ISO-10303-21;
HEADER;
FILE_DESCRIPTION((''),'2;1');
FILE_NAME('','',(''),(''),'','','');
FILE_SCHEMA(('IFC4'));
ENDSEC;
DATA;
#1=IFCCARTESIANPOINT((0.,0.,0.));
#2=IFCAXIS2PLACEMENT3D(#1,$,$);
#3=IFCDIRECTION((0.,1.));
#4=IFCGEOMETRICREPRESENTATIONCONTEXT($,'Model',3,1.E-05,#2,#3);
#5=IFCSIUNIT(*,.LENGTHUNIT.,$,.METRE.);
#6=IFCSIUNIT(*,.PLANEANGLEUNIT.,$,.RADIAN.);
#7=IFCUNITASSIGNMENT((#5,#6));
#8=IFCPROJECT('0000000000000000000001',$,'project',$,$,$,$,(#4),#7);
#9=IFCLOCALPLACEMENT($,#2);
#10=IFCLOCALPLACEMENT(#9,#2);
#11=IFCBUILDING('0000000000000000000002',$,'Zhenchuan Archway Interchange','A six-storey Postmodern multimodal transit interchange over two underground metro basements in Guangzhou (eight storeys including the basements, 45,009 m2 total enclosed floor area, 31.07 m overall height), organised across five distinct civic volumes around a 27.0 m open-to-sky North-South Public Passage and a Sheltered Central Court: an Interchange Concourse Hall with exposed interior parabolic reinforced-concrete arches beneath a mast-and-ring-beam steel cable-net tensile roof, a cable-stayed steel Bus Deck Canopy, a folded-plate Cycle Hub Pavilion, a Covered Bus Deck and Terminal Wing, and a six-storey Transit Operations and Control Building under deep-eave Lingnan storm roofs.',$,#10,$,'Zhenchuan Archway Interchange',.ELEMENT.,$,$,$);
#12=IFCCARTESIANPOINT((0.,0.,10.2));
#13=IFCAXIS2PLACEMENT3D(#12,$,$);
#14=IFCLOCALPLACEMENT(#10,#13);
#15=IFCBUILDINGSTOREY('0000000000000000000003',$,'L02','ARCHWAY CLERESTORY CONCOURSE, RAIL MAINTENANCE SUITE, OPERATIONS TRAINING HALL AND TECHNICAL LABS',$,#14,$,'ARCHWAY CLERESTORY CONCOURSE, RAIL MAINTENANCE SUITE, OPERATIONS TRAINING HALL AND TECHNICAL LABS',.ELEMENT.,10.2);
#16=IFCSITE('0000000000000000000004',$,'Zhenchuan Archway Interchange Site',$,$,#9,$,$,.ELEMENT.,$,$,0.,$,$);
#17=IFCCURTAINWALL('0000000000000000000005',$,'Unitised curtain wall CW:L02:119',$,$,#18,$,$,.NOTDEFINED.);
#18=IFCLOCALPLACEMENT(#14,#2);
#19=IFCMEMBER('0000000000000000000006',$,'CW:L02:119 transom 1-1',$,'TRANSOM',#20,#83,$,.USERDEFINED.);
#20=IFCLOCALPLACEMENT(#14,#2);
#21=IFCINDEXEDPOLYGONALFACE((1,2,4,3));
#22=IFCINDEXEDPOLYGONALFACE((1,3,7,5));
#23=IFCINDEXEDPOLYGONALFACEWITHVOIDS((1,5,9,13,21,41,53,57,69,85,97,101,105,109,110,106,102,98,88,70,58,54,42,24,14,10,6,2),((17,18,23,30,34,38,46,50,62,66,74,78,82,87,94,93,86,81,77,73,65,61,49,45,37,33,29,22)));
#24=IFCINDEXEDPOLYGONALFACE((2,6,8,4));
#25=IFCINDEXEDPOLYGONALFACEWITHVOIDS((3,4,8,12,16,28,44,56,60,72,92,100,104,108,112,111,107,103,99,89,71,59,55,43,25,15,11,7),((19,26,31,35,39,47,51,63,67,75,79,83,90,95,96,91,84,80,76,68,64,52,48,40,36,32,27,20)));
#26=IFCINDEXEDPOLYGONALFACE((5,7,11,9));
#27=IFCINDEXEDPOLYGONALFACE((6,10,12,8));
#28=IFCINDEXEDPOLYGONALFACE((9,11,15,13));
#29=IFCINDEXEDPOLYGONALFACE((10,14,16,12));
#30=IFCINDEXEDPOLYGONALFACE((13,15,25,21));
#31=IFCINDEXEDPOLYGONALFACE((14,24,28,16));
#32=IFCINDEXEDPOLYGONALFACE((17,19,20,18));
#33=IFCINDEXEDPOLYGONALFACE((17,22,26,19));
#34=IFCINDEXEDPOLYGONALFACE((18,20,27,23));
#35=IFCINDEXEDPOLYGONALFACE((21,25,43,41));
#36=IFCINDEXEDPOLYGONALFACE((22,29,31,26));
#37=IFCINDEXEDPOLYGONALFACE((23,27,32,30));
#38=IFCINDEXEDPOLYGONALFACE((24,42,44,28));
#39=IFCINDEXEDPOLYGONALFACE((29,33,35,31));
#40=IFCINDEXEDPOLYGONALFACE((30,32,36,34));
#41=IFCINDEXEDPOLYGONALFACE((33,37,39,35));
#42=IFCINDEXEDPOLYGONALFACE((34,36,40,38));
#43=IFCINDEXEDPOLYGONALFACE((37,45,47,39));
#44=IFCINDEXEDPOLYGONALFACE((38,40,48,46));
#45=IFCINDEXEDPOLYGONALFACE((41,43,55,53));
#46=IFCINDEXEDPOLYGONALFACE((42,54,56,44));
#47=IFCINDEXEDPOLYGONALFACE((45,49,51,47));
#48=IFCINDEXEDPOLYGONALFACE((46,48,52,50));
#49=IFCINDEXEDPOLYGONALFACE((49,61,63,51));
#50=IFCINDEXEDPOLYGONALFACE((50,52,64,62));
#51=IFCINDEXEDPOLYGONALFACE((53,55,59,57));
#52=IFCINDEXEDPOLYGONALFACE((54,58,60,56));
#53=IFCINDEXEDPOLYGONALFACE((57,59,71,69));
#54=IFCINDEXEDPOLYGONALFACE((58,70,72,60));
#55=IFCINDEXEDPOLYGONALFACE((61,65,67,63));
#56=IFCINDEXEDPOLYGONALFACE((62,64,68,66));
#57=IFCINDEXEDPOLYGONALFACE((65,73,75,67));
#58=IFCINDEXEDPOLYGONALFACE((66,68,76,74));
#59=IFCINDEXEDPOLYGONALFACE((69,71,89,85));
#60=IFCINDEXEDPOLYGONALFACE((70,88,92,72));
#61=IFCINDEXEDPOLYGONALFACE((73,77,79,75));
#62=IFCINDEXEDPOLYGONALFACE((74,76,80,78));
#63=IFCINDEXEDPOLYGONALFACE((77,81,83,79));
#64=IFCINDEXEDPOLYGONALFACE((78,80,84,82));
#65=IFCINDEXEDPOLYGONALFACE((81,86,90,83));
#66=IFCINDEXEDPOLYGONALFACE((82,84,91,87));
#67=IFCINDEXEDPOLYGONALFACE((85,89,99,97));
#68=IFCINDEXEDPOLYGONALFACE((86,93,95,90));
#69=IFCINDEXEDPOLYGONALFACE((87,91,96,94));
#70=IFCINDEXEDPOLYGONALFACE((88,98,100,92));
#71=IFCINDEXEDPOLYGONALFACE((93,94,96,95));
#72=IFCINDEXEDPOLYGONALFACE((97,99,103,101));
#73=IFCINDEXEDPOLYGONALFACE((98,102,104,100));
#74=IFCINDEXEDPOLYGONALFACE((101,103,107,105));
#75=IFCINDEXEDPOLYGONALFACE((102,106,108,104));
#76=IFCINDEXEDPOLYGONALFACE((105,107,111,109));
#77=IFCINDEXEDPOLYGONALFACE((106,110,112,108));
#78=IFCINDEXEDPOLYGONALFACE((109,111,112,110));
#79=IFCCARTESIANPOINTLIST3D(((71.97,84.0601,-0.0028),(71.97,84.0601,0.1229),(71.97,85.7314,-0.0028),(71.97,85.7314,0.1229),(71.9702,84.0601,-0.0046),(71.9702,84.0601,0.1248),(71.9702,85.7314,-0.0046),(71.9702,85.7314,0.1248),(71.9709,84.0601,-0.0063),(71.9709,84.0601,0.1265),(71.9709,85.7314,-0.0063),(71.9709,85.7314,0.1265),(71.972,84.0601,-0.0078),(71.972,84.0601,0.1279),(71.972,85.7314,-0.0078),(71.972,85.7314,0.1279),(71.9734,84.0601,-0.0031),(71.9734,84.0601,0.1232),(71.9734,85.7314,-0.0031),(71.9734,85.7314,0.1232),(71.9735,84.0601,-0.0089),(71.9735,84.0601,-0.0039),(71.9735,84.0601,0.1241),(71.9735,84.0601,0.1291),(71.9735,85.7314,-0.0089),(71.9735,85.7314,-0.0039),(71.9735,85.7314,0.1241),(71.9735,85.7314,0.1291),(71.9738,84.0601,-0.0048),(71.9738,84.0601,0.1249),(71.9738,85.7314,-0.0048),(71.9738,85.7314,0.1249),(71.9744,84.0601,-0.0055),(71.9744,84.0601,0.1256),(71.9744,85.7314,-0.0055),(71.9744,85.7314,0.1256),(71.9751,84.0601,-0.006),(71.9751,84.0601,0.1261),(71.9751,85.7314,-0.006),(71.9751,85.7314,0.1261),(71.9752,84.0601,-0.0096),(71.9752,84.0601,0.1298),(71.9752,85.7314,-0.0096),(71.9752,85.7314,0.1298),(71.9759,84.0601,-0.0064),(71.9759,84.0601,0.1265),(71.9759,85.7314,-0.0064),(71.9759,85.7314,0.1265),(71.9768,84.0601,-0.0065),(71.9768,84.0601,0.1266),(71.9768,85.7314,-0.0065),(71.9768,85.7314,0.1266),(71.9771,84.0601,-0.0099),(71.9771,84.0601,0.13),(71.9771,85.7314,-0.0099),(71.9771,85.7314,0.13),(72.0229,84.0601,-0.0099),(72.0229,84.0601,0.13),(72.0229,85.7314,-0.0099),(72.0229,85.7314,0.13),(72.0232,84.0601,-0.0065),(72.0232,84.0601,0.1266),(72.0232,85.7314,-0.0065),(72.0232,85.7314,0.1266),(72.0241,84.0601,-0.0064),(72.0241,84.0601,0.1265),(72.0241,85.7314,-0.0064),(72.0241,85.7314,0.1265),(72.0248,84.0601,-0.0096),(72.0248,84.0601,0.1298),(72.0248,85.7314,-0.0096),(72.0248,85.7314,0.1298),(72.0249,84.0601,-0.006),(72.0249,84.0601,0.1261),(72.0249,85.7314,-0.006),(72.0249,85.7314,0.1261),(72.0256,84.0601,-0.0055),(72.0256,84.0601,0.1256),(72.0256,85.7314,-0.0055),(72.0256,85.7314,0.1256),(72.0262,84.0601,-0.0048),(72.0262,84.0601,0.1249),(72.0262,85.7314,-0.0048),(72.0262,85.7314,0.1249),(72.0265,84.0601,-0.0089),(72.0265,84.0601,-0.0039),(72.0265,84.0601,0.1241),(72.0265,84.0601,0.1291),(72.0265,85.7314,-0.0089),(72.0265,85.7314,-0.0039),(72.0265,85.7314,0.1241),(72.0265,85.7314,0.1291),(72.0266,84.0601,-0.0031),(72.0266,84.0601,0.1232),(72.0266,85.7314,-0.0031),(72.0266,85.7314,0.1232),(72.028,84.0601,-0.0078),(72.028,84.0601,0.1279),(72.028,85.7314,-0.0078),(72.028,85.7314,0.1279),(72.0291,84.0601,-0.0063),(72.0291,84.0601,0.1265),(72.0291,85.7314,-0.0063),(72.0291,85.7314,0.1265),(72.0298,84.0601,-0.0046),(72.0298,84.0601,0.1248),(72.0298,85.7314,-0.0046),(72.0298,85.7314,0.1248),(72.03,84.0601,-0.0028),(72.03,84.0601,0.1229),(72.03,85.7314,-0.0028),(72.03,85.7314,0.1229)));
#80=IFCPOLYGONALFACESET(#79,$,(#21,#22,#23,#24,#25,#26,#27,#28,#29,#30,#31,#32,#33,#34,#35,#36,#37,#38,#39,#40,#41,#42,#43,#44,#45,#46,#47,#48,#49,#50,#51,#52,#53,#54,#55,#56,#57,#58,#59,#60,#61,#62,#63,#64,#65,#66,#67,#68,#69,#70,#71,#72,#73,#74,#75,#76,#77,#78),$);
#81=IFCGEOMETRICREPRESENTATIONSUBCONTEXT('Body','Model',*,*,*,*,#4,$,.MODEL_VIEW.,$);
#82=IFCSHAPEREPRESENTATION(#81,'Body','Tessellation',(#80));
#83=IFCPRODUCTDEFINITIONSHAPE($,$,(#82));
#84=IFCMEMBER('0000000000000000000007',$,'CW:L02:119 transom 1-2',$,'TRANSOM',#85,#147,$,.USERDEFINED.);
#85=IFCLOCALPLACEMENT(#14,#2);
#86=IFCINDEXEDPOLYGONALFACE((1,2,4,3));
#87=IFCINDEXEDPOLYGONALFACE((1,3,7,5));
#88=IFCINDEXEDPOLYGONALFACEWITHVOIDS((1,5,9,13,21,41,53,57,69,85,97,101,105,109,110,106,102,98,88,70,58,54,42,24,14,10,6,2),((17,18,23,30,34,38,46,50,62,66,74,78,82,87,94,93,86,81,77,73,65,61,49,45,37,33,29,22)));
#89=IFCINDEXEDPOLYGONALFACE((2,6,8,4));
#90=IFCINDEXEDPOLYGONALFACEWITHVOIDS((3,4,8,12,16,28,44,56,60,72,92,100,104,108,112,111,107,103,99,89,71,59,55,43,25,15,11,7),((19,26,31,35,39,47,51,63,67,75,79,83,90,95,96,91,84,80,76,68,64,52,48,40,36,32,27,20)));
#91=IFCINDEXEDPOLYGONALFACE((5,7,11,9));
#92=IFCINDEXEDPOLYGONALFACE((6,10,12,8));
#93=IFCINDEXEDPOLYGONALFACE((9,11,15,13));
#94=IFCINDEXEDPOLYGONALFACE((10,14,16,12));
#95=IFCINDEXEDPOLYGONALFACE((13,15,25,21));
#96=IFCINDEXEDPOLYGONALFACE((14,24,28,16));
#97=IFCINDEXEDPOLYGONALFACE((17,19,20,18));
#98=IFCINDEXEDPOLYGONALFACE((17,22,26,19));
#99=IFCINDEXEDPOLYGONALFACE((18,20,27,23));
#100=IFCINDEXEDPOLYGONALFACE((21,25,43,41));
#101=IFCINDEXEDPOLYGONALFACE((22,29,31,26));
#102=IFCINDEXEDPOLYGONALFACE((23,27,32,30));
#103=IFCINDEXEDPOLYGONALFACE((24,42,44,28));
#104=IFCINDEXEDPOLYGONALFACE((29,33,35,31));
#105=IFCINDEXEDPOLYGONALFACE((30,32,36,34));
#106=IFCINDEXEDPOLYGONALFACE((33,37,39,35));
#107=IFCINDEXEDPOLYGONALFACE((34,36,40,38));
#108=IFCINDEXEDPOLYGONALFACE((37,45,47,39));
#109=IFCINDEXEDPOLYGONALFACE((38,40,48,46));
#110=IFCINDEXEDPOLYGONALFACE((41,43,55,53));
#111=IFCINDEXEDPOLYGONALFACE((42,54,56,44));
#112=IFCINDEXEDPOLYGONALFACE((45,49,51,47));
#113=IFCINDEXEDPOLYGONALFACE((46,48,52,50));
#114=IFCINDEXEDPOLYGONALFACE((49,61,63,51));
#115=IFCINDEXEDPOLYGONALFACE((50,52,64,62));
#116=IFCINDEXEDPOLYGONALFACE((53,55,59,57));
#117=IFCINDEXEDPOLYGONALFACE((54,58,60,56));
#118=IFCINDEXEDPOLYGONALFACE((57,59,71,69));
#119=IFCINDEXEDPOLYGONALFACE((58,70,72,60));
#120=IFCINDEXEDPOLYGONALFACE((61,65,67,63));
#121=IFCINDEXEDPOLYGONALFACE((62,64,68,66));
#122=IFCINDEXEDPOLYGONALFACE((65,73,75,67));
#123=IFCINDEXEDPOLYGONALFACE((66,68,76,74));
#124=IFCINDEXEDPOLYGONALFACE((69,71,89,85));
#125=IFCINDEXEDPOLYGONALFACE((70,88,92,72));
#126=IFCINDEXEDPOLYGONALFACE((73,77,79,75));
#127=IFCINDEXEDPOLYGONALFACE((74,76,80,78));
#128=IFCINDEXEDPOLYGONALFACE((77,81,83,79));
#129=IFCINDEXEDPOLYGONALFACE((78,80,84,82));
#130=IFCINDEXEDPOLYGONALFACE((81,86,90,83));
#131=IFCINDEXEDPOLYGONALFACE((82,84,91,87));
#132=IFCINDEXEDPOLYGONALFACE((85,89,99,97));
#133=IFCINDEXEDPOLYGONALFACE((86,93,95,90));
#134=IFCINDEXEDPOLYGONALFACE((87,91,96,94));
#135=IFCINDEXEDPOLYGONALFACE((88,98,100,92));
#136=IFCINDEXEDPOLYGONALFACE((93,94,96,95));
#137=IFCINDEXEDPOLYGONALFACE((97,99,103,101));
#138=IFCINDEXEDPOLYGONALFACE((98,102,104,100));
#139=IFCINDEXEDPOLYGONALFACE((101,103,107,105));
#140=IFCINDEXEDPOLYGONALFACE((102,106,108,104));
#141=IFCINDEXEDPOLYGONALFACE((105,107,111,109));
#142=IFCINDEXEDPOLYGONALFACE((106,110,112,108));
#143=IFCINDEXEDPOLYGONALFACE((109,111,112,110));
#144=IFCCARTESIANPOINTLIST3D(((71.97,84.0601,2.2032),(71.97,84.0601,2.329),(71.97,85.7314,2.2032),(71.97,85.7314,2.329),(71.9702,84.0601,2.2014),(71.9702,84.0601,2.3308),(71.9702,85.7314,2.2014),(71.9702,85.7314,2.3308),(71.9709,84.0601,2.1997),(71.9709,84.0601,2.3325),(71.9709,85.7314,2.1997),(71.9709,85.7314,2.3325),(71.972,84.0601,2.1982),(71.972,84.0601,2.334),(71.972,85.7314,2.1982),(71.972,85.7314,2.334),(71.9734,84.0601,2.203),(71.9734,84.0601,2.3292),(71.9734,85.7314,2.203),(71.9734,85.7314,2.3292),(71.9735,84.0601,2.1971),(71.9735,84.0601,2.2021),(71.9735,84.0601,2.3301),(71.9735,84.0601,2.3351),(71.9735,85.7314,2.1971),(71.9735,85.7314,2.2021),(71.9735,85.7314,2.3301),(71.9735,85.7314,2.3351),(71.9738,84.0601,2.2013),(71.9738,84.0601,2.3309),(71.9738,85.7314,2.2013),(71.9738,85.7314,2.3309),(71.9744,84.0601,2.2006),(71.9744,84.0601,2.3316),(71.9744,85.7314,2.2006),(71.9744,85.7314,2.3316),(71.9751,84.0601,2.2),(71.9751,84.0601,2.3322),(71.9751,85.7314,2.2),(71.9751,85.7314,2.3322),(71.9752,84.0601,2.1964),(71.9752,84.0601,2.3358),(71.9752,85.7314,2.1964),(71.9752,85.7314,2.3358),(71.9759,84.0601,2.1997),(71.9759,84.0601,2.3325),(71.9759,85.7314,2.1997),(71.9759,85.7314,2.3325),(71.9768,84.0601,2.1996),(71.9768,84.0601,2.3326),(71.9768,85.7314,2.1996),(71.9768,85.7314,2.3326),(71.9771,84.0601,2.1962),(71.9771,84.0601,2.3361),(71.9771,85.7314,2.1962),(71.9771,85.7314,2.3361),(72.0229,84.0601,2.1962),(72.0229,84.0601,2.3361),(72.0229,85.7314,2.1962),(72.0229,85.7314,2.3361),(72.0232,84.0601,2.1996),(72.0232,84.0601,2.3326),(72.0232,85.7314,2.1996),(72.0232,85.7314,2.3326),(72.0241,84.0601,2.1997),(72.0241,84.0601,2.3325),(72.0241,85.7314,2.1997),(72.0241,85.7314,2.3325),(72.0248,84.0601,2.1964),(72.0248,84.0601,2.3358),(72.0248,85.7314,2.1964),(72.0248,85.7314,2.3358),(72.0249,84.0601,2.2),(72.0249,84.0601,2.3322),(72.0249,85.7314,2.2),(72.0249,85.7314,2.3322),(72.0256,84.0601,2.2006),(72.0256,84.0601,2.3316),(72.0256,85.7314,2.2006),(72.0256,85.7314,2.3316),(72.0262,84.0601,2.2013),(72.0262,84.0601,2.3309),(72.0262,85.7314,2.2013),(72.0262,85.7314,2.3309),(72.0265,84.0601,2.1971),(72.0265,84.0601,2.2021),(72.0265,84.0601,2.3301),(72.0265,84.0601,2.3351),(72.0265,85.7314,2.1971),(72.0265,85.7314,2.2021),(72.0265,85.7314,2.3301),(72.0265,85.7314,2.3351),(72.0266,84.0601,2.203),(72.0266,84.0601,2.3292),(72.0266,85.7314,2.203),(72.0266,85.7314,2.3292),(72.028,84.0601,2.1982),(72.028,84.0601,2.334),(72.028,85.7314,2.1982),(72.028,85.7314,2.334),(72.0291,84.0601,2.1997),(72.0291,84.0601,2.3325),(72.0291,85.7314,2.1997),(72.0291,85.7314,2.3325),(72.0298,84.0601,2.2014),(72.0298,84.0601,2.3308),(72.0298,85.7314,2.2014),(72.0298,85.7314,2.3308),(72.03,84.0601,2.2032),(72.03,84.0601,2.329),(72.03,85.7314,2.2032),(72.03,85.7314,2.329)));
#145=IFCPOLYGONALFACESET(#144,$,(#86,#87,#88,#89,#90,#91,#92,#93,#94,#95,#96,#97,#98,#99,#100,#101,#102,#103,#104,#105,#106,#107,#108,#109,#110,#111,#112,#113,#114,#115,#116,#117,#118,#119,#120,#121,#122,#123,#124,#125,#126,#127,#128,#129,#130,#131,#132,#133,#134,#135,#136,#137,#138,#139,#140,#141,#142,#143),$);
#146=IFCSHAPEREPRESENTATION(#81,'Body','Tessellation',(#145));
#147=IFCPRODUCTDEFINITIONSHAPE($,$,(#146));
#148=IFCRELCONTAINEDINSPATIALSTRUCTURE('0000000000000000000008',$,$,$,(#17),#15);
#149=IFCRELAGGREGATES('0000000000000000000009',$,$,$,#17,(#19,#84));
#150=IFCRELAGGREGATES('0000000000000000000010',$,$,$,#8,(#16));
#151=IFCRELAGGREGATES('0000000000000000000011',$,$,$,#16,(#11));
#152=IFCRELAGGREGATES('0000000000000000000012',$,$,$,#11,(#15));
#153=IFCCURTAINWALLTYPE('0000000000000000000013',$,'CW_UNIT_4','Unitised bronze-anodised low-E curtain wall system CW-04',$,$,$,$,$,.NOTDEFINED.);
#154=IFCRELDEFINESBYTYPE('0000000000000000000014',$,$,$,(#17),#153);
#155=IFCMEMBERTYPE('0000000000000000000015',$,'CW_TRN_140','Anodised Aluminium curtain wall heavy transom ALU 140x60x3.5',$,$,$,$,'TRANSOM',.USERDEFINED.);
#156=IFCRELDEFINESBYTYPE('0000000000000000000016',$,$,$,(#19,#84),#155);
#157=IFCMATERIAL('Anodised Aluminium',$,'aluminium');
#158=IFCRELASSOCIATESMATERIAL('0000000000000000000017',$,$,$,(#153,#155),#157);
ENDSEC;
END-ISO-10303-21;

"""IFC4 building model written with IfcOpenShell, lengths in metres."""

from ifc_helpers import new_model, si_unit, direction, frame, origin, origin_2d, place, context, subcontext, project, spatial, hollow_rectangle, extrude, material, material_profile, profile_set, type_object, element, aggregate, save


model = new_model("IFC4")

# Units and contexts
model_context = context("Model", 3, precision=1e-05, world=origin(), true_north=direction((0.0, 1.0)))
body_context = subcontext(model_context, "Body", "Model", "MODEL_VIEW")
ifc_project = project(units=[si_unit("LENGTHUNIT", "METRE"), si_unit("PLANEANGLEUNIT", "RADIAN")], contexts=[model_context])

# Site, building, storey
site_placement = place(None, origin())
site = spatial("IfcSite", under=ifc_project, at=site_placement, Name="Zhenchuan Archway Interchange Site", CompositionType="ELEMENT", RefElevation=0.0)
building_placement = place(site_placement, origin())
building = spatial("IfcBuilding", under=site, at=building_placement, Name="Zhenchuan Archway Interchange", Description="A six-storey Postmodern multimodal transit interchange over two underground metro basements in Guangzhou (eight storeys including the basements, 45,009 m2 total enclosed floor area, 31.07 m overall height), organised across five distinct civic volumes around a 27.0 m open-to-sky North-South Public Passage and a Sheltered Central Court: an Interchange Concourse Hall with exposed interior parabolic reinforced-concrete arches beneath a mast-and-ring-beam steel cable-net tensile roof, a cable-stayed steel Bus Deck Canopy, a folded-plate Cycle Hub Pavilion, a Covered Bus Deck and Terminal Wing, and a six-storey Transit Operations and Control Building under deep-eave Lingnan storm roofs.", LongName="Zhenchuan Archway Interchange", CompositionType="ELEMENT")
storey_placement = place(building_placement, frame((0.0, 0.0, 10.2)))
storey = spatial("IfcBuildingStorey", under=building, at=storey_placement, Name="L02", Description="ARCHWAY CLERESTORY CONCOURSE, RAIL MAINTENANCE SUITE, OPERATIONS TRAINING HALL AND TECHNICAL LABS", LongName="ARCHWAY CLERESTORY CONCOURSE, RAIL MAINTENANCE SUITE, OPERATIONS TRAINING HALL AND TECHNICAL LABS", CompositionType="ELEMENT", Elevation=10.2)

# Curtain wall, members
ifc_material_1 = material(Name="Anodised Aluminium", Category="aluminium")
curtain_wall_type = type_object("IfcCurtainWallType", Name="CW_UNIT_4", Description="Unitised bronze-anodised low-E curtain wall system CW-04", PredefinedType="NOTDEFINED", material=ifc_material_1)
curtain_wall_placement = place(storey_placement, origin())
curtain_wall = element("IfcCurtainWall", 1, at=curtain_wall_placement, inside=storey, type_object=curtain_wall_type, Name="Unitised curtain wall CW:L02:119", PredefinedType="NOTDEFINED")
ifc_material_profile_1 = material_profile(ifc_material_1, hollow_rectangle(XDim=0.0601, YDim=0.1399, WallThickness=0.0034, InnerFilletRadius=0.0034, OuterFilletRadius=0.0071, at=origin_2d()), Name="ALU 140x60x3.5")
ifc_profile_set_1 = profile_set([ifc_material_profile_1], Name="Anodised Aluminium")
member_type_1 = type_object("IfcMemberType", Name="CW_TRN_140", Description="Anodised Aluminium curtain wall heavy transom ALU 140x60x3.5", ElementType="TRANSOM", PredefinedType="USERDEFINED", material=ifc_profile_set_1)
member_1_placement = place(storey_placement, frame((72.0, 85.7314, 0.0601), z_axis=(0.0, -1.0, 0.0), x_axis=(1.0, 0.0, 0.0)))
member_1 = element("IfcMember", 2, at=member_1_placement, type_object=member_type_1, Name="CW:L02:119 transom 1-1", ObjectType="TRANSOM", PredefinedType="USERDEFINED", context=body_context, shape_type="SweptSolid", body=[
    extrude(hollow_rectangle(XDim=0.0601, YDim=0.1399, WallThickness=0.0034, InnerFilletRadius=0.0034, OuterFilletRadius=0.0071, at=origin_2d()), origin(), (0.0, 0.0, 1.0), 1.6714),
])
member_2_placement = place(storey_placement, frame((72.0, 85.7314, 2.2661), z_axis=(0.0, -1.0, 0.0), x_axis=(1.0, 0.0, 0.0)))
member_2 = element("IfcMember", 3, at=member_2_placement, type_object=member_type_1, Name="CW:L02:119 transom 1-2", ObjectType="TRANSOM", PredefinedType="USERDEFINED", context=body_context, shape_type="SweptSolid", body=[
    extrude(hollow_rectangle(XDim=0.0601, YDim=0.1399, WallThickness=0.0034, InnerFilletRadius=0.0034, OuterFilletRadius=0.0071, at=origin_2d()), origin(), (0.0, 0.0, 1.0), 1.6714),
])
aggregate(curtain_wall, [member_1, member_2])

save(model, "model.ifc")
